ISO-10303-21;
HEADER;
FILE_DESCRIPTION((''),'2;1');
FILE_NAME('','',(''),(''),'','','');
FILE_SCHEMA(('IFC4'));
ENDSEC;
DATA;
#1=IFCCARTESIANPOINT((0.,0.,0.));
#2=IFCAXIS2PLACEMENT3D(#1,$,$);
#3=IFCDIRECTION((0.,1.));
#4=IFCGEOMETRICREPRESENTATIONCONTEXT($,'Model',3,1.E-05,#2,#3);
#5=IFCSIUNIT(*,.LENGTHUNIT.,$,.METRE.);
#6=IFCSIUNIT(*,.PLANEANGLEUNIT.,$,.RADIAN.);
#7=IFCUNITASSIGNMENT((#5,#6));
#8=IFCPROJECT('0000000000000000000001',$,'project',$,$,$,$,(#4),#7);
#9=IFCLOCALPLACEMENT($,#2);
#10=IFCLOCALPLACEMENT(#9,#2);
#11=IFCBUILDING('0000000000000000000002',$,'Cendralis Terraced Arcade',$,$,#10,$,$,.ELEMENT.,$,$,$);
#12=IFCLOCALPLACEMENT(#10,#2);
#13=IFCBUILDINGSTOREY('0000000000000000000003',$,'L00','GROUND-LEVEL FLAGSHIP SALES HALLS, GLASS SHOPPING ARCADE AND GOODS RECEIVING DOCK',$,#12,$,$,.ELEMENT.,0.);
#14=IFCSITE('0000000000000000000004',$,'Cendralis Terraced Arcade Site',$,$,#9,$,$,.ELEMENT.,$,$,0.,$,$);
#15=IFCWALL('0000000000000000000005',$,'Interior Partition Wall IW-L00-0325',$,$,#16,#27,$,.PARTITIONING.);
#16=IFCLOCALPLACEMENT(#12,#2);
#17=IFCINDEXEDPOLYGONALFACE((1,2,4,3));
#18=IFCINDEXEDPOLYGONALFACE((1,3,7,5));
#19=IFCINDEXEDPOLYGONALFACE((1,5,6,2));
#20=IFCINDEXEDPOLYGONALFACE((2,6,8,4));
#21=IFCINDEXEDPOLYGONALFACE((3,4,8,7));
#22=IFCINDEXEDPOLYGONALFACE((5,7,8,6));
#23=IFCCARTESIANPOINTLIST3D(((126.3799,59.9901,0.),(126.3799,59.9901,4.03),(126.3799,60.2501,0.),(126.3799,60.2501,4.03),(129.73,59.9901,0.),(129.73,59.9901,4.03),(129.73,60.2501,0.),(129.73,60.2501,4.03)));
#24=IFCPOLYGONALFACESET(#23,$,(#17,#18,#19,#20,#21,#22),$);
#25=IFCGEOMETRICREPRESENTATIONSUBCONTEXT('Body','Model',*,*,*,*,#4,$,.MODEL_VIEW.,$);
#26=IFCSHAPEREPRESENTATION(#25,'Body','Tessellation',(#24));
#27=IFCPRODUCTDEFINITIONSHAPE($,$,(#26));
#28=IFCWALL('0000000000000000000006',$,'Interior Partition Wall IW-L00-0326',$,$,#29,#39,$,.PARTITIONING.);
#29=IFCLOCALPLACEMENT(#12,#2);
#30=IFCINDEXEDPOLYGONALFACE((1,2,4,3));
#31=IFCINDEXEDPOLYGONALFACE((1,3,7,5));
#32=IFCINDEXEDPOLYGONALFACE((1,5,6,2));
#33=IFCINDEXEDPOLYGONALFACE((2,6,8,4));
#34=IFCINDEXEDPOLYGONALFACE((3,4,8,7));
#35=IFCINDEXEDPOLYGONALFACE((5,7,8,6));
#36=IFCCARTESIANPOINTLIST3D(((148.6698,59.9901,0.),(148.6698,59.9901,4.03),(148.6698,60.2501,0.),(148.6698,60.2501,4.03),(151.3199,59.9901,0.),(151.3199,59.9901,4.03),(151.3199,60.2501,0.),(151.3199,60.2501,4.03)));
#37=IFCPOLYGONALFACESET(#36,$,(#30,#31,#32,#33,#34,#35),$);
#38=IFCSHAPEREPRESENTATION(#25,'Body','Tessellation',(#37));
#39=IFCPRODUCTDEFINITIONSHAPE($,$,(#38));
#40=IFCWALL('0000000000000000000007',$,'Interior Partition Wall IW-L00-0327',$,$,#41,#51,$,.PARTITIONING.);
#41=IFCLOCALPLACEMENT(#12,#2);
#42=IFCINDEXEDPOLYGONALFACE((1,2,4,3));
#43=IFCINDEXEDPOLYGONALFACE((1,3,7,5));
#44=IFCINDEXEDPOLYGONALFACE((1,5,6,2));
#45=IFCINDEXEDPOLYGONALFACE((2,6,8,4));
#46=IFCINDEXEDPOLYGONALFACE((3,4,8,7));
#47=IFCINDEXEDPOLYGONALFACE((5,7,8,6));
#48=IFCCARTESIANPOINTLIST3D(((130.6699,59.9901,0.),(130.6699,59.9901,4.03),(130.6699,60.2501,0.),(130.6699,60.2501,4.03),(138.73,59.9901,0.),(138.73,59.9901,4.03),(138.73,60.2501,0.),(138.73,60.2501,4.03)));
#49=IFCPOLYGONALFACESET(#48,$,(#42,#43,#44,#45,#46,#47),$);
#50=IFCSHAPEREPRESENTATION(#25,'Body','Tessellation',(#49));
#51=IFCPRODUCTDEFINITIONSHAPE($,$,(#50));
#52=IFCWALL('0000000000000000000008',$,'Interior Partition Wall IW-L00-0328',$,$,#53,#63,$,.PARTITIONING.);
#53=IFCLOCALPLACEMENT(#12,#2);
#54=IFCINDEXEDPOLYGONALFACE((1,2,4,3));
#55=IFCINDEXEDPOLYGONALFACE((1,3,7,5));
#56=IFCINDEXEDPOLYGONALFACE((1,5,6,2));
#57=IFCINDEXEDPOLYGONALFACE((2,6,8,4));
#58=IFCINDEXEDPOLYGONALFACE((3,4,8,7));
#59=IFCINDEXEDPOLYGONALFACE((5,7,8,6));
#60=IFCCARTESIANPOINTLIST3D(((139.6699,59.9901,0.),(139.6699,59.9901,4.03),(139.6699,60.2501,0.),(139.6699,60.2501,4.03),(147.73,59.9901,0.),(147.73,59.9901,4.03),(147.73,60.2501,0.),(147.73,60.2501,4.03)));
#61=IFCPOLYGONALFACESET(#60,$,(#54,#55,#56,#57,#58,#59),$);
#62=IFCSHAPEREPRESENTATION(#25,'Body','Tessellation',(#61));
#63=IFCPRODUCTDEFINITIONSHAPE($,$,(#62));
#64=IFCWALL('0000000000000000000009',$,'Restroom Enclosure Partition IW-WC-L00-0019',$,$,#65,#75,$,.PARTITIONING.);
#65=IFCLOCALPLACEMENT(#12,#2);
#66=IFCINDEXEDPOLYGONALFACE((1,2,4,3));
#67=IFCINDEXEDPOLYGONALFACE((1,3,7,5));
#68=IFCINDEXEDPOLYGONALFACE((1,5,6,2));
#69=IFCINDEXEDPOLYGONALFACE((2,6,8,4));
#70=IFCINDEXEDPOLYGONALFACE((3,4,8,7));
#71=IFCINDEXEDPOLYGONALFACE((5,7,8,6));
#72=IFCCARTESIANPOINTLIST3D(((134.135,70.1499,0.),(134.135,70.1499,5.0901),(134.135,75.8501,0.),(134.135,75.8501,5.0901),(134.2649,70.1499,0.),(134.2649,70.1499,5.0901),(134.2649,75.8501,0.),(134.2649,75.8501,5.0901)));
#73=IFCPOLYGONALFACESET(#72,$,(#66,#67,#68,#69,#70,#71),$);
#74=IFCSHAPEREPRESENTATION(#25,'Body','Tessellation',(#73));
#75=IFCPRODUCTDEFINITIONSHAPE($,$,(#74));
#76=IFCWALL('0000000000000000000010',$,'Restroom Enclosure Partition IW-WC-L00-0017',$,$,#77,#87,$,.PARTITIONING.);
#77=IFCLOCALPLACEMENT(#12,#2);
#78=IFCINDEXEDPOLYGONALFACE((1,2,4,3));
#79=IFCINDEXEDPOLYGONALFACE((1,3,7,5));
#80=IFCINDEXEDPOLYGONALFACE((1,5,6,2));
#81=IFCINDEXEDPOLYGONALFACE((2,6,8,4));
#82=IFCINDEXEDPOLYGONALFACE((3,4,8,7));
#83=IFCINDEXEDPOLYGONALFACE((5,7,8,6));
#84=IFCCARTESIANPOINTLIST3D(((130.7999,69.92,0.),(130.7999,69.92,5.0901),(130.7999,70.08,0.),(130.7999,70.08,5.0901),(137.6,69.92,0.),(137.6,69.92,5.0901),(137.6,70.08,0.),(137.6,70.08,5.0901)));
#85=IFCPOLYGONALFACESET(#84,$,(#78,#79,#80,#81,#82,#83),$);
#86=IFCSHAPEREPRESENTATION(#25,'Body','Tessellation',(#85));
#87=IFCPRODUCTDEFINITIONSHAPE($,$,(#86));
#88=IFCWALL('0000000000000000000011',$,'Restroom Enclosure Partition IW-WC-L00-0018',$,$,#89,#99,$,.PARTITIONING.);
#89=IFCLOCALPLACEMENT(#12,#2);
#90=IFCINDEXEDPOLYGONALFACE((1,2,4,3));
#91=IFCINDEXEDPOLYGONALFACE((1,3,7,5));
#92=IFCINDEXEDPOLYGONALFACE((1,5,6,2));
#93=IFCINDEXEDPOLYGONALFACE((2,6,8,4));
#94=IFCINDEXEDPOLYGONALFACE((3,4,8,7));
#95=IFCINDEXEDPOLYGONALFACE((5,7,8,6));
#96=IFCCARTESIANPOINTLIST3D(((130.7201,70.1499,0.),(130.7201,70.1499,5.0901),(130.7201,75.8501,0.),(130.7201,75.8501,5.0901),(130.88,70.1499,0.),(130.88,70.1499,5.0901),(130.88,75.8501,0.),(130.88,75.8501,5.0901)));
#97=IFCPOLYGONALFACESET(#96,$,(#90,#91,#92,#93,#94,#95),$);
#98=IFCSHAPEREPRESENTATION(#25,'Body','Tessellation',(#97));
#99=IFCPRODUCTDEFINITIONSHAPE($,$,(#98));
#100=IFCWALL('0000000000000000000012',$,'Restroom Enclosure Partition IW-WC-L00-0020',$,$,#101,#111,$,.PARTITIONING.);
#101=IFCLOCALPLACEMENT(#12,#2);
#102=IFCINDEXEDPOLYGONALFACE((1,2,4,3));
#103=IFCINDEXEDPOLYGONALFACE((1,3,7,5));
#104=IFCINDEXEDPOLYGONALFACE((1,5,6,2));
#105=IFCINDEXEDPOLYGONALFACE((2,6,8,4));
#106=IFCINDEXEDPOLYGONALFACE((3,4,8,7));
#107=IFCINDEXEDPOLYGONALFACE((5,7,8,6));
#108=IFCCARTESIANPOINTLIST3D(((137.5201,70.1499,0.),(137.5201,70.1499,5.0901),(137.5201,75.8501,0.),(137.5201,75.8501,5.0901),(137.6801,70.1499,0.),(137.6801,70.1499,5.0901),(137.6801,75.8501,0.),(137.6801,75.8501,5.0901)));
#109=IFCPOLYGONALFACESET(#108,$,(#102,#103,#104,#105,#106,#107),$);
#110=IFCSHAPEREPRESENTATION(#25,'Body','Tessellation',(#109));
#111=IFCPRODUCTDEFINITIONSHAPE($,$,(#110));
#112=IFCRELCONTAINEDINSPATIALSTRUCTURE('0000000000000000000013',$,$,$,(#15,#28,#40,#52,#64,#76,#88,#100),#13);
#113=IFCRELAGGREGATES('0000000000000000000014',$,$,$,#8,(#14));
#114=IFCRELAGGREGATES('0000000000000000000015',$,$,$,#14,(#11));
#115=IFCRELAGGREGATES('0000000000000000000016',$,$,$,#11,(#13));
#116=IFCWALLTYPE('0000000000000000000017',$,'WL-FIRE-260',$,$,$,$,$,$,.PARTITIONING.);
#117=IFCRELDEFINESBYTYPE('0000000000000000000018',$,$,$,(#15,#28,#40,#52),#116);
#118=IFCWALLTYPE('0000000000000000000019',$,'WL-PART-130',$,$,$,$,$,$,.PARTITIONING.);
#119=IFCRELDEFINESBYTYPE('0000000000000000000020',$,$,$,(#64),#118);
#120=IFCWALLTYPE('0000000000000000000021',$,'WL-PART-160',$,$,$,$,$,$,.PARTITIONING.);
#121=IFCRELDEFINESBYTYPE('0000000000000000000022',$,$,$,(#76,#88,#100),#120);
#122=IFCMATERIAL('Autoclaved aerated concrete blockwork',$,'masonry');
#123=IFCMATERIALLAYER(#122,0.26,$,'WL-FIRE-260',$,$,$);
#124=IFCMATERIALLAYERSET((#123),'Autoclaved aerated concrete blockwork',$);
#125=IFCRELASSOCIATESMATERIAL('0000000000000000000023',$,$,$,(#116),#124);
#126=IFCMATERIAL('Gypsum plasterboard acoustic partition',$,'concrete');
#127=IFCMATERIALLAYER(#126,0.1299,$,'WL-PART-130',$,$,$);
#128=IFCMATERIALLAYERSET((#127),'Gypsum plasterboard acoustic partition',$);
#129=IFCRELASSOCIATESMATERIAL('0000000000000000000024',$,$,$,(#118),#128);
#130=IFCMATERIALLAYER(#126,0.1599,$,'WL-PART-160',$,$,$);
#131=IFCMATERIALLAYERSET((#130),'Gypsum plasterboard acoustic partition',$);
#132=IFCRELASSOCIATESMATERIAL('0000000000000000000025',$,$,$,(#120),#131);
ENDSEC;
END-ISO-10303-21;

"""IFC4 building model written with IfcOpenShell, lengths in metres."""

from ifc_helpers import new_model, si_unit, direction, frame, frame_2d, origin, place, context, subcontext, project, spatial, rectangle, extrude, material, layer, layer_set, type_object, element, save


model = new_model("IFC4")

# Units and contexts
model_context = context("Model", 3, precision=1e-05, world=origin(), true_north=direction((0.0, 1.0)))
body_context = subcontext(model_context, "Body", "Model", "MODEL_VIEW")
ifc_project = project(units=[si_unit("LENGTHUNIT", "METRE"), si_unit("PLANEANGLEUNIT", "RADIAN")], contexts=[model_context])

# Site, building, storey
site_placement = place(None, origin())
site = spatial("IfcSite", under=ifc_project, at=site_placement, Name="Cendralis Terraced Arcade Site", CompositionType="ELEMENT", RefElevation=0.0)
building_placement = place(site_placement, origin())
building = spatial("IfcBuilding", under=site, at=building_placement, Name="Cendralis Terraced Arcade", CompositionType="ELEMENT")
storey_placement = place(building_placement, origin())
storey = spatial("IfcBuildingStorey", under=building, at=storey_placement, Name="L00", Description="GROUND-LEVEL FLAGSHIP SALES HALLS, GLASS SHOPPING ARCADE AND GOODS RECEIVING DOCK", CompositionType="ELEMENT", Elevation=0.0)

# Walls
ifc_material_1 = material(Name="Autoclaved aerated concrete blockwork", Category="masonry")
ifc_layer_1 = layer(ifc_material_1, 0.26, Name="WL-FIRE-260")
ifc_layer_set_1 = layer_set([ifc_layer_1], Name="Autoclaved aerated concrete blockwork")
wall_type_1 = type_object("IfcWallType", Name="WL-FIRE-260", PredefinedType="PARTITIONING", material=ifc_layer_set_1)
wall_1_placement = place(storey_placement, frame((129.73, 60.1201, 0.0), z_axis=(0.0, 0.0, 1.0), x_axis=(-1.0, 0.0, 0.0)))
element("IfcWall", 1, at=wall_1_placement, inside=storey, type_object=wall_type_1, Name="Interior Partition Wall IW-L00-0325", PredefinedType="PARTITIONING", context=body_context, shape_type="SweptSolid", body=[
    extrude(rectangle(XDim=3.3501, YDim=0.26, at=frame_2d((1.675, 0.0))), origin(), (0.0, 0.0, 1.0), 4.03),
])
wall_2_placement = place(storey_placement, frame((151.3201, 60.1201, 0.0), z_axis=(0.0, 0.0, 1.0), x_axis=(-1.0, 0.0, 0.0)))
element("IfcWall", 2, at=wall_2_placement, inside=storey, type_object=wall_type_1, Name="Interior Partition Wall IW-L00-0326", PredefinedType="PARTITIONING", context=body_context, shape_type="SweptSolid", body=[
    extrude(rectangle(XDim=2.6501, YDim=0.26, at=frame_2d((1.3252, 0.0))), origin(), (0.0, 0.0, 1.0), 4.03),
])
for number, where, z_axis, x_axis, name in (
    (3, (138.73, 60.1201, 0.0), (0.0, 0.0, 1.0), (-1.0, 0.0, 0.0), "Interior Partition Wall IW-L00-0327"),
    (4, (147.73, 60.1201, 0.0), (0.0, 0.0, 1.0), (-1.0, 0.0, 0.0), "Interior Partition Wall IW-L00-0328"),
):
    element("IfcWall", number, at=place(storey_placement, frame(where, z_axis=z_axis, x_axis=x_axis)), inside=storey, type_object=wall_type_1, Name=name, PredefinedType="PARTITIONING", context=body_context, shape_type="SweptSolid", body=[
        extrude(rectangle(XDim=8.0601, YDim=0.26, at=frame_2d((4.03, 0.0))), origin(), (0.0, 0.0, 1.0), 4.03),
    ])
ifc_material_2 = material(Name="Gypsum plasterboard acoustic partition", Category="concrete")
ifc_layer_2 = layer(ifc_material_2, 0.1299, Name="WL-PART-130")
ifc_layer_set_2 = layer_set([ifc_layer_2], Name="Gypsum plasterboard acoustic partition")
wall_type_2 = type_object("IfcWallType", Name="WL-PART-130", PredefinedType="PARTITIONING", material=ifc_layer_set_2)
wall_3_placement = place(storey_placement, frame((134.2, 70.1499, 0.0), z_axis=(0.0, 0.0, 1.0), x_axis=(0.0, 1.0, 0.0)))
element("IfcWall", 5, at=wall_3_placement, inside=storey, type_object=wall_type_2, Name="Restroom Enclosure Partition IW-WC-L00-0019", PredefinedType="PARTITIONING", context=body_context, shape_type="SweptSolid", body=[
    extrude(rectangle(XDim=5.7002, YDim=0.1299, at=frame_2d((2.8501, 0.0))), origin(), (0.0, 0.0, 1.0), 5.0901),
])
ifc_layer_3 = layer(ifc_material_2, 0.1599, Name="WL-PART-160")
ifc_layer_set_3 = layer_set([ifc_layer_3], Name="Gypsum plasterboard acoustic partition")
wall_type_3 = type_object("IfcWallType", Name="WL-PART-160", PredefinedType="PARTITIONING", material=ifc_layer_set_3)
wall_4_placement = place(storey_placement, frame((130.8, 70.0, 0.0), z_axis=(0.0, 0.0, 1.0), x_axis=(1.0, 0.0, 0.0)))
element("IfcWall", 6, at=wall_4_placement, inside=storey, type_object=wall_type_3, Name="Restroom Enclosure Partition IW-WC-L00-0017", PredefinedType="PARTITIONING", context=body_context, shape_type="SweptSolid", body=[
    extrude(rectangle(XDim=6.8, YDim=0.1599, at=frame_2d((3.3999, 0.0))), origin(), (0.0, 0.0, 1.0), 5.0901),
])
for number, where, z_axis, x_axis, name in (
    (7, (130.8, 70.1499, 0.0), (0.0, 0.0, 1.0), (0.0, 1.0, 0.0), "Restroom Enclosure Partition IW-WC-L00-0018"),
    (8, (137.6001, 70.1499, 0.0), (0.0, 0.0, 1.0), (0.0, 1.0, 0.0), "Restroom Enclosure Partition IW-WC-L00-0020"),
):
    element("IfcWall", number, at=place(storey_placement, frame(where, z_axis=z_axis, x_axis=x_axis)), inside=storey, type_object=wall_type_3, Name=name, PredefinedType="PARTITIONING", context=body_context, shape_type="SweptSolid", body=[
        extrude(rectangle(XDim=5.7002, YDim=0.1599, at=frame_2d((2.8501, 0.0))), origin(), (0.0, 0.0, 1.0), 5.0901),
    ])

save(model, "model.ifc")
